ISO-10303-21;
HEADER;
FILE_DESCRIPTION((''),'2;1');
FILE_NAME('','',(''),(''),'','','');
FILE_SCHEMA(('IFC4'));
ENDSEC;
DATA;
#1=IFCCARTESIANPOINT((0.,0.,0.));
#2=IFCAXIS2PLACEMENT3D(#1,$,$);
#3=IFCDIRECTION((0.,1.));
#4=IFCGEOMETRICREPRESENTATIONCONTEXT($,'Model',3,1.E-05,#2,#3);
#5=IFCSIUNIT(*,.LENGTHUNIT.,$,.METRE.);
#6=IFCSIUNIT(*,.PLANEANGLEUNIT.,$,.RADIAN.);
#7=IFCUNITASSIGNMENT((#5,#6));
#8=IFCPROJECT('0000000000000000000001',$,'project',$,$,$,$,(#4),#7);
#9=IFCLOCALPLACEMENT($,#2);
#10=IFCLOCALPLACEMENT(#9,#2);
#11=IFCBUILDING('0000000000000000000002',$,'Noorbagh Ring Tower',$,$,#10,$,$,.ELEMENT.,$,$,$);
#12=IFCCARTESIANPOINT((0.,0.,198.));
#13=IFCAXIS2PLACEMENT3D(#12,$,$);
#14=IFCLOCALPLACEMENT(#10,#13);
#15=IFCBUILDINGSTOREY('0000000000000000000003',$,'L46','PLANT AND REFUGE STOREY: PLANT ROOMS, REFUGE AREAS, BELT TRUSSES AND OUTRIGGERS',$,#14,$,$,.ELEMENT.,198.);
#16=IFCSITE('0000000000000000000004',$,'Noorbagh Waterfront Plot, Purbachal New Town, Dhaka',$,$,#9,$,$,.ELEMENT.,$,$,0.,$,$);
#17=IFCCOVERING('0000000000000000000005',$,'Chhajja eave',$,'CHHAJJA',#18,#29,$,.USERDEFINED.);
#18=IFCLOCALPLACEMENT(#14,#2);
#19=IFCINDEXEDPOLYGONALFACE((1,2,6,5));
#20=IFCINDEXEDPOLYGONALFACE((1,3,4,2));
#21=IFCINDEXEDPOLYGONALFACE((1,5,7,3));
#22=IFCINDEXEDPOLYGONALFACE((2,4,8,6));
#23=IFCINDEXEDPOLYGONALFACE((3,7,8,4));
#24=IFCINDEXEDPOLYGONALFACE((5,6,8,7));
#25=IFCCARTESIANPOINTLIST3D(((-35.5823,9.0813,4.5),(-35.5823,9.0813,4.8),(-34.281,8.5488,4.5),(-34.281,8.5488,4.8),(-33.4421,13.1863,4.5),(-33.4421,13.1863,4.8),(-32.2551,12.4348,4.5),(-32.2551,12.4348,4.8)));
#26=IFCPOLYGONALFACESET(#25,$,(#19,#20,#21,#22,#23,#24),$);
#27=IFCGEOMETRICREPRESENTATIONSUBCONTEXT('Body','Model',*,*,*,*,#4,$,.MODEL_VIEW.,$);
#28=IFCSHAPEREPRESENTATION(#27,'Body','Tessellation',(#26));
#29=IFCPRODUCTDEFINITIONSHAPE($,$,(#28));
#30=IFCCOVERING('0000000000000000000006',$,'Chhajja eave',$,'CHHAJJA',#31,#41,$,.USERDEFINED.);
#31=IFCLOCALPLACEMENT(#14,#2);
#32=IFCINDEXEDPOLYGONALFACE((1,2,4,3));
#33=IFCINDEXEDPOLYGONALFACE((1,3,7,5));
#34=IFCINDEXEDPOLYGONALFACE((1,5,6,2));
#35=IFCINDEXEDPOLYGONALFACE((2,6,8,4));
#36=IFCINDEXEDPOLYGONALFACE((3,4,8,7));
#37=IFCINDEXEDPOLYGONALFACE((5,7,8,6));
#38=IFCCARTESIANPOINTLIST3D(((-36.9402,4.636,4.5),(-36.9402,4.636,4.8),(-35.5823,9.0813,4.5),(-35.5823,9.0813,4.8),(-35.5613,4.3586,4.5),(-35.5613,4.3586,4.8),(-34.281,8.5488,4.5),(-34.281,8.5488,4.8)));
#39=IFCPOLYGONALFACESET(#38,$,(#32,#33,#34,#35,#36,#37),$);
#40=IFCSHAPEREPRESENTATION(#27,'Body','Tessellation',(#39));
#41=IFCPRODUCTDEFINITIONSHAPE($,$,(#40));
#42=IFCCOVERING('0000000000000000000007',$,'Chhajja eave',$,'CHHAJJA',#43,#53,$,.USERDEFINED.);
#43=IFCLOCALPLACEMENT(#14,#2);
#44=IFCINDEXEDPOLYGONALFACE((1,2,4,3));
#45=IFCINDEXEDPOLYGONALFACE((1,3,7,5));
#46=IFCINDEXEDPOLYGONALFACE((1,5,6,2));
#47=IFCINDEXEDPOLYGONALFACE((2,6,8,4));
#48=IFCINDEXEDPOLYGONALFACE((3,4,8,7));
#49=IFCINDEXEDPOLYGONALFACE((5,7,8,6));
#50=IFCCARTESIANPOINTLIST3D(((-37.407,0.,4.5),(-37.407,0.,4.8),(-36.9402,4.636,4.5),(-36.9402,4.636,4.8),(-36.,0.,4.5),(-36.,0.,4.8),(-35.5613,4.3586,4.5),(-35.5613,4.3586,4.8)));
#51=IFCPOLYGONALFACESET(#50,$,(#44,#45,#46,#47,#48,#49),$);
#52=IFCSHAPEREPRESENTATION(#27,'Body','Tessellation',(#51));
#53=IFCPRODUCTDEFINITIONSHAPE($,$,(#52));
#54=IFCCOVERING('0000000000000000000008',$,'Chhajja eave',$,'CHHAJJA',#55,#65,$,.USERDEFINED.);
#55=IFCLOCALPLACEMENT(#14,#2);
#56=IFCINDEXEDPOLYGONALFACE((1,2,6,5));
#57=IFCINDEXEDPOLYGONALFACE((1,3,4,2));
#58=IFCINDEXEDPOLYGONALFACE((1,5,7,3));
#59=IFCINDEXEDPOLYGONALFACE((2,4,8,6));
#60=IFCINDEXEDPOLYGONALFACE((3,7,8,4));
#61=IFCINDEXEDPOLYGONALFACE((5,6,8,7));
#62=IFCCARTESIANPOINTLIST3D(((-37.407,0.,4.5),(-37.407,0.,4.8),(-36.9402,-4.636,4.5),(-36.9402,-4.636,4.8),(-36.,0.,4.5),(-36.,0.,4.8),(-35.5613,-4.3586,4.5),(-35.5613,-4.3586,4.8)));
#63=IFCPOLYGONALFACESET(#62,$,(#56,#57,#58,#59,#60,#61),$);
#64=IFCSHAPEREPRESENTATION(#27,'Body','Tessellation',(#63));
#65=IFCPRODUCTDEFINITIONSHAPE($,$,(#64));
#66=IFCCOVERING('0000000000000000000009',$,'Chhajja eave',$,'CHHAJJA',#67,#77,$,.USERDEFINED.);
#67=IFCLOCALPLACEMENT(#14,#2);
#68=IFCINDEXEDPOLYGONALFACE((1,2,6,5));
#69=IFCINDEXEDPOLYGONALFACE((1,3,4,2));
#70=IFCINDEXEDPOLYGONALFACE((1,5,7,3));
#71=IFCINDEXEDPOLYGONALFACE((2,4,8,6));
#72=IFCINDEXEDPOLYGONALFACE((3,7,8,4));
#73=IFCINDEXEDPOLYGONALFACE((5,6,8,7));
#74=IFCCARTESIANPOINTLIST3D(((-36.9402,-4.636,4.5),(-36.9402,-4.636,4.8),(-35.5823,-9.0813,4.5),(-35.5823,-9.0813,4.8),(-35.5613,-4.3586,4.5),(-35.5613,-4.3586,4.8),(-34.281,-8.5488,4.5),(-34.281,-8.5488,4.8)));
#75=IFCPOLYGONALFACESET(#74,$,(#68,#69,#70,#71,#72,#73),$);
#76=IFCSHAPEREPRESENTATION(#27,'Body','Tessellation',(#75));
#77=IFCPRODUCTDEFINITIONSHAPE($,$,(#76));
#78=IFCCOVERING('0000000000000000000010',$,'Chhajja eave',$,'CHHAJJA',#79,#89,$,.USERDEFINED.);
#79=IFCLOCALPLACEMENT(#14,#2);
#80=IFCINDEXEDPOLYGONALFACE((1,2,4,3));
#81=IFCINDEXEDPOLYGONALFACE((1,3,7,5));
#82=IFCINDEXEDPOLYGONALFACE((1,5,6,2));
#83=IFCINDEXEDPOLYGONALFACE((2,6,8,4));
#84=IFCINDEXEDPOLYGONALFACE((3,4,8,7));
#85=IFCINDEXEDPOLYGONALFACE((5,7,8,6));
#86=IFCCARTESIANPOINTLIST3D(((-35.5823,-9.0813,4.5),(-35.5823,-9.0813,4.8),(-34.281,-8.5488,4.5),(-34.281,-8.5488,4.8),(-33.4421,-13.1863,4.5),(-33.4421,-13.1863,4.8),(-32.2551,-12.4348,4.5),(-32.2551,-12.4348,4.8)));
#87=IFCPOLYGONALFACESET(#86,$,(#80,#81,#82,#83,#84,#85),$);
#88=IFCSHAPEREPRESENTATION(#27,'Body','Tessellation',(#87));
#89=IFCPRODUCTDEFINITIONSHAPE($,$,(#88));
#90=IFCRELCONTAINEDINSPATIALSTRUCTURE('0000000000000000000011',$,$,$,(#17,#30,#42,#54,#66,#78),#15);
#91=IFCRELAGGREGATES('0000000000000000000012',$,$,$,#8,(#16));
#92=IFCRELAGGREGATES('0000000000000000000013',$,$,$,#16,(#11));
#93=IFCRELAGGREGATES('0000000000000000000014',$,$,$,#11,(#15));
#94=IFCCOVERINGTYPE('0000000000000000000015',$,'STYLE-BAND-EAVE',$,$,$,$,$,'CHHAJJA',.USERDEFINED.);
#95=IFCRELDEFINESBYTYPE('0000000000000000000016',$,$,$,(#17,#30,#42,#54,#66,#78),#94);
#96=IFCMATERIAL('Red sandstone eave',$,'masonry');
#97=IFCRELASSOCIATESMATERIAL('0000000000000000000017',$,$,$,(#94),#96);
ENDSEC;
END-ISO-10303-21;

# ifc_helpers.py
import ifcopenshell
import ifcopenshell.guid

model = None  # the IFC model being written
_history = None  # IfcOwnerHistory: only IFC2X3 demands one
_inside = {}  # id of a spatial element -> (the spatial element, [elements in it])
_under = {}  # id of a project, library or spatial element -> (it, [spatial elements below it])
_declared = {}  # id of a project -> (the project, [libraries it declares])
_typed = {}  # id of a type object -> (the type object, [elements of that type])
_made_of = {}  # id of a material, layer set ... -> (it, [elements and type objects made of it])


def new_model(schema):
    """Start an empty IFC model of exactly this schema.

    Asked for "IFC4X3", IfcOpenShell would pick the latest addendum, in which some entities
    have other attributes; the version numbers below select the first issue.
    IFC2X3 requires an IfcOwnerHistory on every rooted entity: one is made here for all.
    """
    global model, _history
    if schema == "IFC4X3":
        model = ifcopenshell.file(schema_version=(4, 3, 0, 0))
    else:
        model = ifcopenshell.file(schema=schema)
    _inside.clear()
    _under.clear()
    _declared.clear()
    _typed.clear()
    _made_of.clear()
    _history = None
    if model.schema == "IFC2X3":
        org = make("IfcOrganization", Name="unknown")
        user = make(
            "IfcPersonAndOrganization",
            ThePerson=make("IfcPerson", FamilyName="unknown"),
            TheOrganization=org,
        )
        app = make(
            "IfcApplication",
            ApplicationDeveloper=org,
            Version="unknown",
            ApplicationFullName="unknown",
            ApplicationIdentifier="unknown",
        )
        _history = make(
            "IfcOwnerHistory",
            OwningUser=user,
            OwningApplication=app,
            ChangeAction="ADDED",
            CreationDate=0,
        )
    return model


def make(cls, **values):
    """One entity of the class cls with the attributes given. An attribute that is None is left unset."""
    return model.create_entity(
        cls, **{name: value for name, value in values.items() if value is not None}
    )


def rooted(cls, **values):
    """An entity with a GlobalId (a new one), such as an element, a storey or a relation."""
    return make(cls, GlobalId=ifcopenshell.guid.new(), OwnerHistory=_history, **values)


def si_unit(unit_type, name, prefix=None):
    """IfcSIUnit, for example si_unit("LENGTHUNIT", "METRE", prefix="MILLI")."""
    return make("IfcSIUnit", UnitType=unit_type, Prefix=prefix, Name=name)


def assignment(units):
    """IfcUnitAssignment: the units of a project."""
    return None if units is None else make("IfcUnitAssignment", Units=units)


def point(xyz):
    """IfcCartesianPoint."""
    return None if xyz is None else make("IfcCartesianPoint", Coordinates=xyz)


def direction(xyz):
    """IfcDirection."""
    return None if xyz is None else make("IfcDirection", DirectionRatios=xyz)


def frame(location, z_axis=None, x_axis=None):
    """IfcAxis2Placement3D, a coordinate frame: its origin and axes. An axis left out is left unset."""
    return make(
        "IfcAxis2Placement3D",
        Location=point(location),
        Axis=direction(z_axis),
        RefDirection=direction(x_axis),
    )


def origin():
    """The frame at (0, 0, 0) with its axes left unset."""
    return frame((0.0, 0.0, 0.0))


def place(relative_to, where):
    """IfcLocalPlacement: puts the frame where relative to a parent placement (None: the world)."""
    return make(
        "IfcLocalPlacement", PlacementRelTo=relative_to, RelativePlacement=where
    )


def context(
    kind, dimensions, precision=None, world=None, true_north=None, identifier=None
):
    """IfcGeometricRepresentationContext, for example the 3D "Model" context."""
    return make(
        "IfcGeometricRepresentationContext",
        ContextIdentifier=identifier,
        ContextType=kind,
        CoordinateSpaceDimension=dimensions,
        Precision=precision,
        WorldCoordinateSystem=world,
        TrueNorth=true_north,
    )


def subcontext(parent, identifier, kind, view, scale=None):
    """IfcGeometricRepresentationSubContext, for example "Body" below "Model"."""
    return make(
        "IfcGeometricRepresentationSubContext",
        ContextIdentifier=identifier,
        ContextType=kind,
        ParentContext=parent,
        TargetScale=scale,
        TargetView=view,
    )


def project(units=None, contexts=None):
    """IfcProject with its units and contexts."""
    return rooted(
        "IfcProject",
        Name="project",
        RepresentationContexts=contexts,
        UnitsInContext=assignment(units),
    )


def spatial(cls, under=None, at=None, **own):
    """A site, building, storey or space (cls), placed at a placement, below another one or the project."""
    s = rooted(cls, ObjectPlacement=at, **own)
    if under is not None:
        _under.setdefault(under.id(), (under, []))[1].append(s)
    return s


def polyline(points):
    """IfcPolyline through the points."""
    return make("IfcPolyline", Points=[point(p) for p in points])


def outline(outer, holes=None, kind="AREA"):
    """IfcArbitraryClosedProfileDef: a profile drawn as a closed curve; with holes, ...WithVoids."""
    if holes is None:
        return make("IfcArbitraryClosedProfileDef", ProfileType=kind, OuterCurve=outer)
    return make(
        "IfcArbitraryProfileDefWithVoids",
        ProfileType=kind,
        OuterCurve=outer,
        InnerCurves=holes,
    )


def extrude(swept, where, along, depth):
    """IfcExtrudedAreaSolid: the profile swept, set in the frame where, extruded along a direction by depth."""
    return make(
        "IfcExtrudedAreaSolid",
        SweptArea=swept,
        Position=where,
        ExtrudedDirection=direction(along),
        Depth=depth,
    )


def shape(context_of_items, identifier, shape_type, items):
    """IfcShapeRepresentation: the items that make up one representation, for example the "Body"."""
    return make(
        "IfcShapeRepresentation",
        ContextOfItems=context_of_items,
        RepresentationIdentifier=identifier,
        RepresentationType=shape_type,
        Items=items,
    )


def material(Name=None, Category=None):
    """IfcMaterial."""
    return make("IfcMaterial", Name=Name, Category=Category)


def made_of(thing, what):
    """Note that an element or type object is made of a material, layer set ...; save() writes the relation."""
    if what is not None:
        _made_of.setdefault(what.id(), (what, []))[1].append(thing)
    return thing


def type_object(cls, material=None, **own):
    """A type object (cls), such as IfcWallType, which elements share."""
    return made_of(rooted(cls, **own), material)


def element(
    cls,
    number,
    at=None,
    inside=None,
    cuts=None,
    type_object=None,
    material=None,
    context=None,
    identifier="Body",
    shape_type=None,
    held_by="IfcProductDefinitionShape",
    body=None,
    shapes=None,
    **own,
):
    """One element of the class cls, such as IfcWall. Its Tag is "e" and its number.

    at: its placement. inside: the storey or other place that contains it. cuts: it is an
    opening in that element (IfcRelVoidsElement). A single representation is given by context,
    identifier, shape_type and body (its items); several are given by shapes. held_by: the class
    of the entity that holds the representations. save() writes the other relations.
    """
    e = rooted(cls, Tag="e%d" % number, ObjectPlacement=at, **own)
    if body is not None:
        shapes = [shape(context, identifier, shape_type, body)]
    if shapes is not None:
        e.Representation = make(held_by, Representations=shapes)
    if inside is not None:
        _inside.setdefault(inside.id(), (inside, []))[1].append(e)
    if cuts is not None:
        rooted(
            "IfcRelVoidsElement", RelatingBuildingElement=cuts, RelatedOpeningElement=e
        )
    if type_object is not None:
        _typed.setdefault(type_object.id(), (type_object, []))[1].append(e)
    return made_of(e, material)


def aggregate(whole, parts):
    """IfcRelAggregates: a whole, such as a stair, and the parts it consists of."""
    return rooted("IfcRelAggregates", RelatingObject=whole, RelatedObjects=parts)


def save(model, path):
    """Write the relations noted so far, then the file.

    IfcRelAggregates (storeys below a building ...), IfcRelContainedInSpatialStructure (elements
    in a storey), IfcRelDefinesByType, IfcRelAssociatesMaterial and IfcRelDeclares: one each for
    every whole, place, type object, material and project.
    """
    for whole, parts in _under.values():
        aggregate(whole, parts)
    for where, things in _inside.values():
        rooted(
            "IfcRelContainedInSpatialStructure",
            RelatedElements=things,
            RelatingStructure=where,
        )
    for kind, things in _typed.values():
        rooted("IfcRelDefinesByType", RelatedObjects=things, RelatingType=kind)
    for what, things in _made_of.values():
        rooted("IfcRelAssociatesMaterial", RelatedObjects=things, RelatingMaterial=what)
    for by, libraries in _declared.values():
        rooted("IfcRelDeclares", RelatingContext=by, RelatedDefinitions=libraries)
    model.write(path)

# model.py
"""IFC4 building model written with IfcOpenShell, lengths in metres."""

from ifc_helpers import new_model, si_unit, direction, frame, origin, place, context, subcontext, project, spatial, polyline, outline, extrude, material, type_object, element, save


model = new_model("IFC4")

# Units and contexts
model_context = context("Model", 3, precision=1e-05, world=origin(), true_north=direction((0.0, 1.0)))
body_context = subcontext(model_context, "Body", "Model", "MODEL_VIEW")
ifc_project = project(units=[si_unit("LENGTHUNIT", "METRE"), si_unit("PLANEANGLEUNIT", "RADIAN")], contexts=[model_context])

# Site, building, storey
site_placement = place(None, origin())
site = spatial("IfcSite", under=ifc_project, at=site_placement, Name="Noorbagh Waterfront Plot, Purbachal New Town, Dhaka", CompositionType="ELEMENT", RefElevation=0.0)
building_placement = place(site_placement, origin())
building = spatial("IfcBuilding", under=site, at=building_placement, Name="Noorbagh Ring Tower", CompositionType="ELEMENT")
storey_placement = place(building_placement, frame((0.0, 0.0, 198.0)))
storey = spatial("IfcBuildingStorey", under=building, at=storey_placement, Name="L46", Description="PLANT AND REFUGE STOREY: PLANT ROOMS, REFUGE AREAS, BELT TRUSSES AND OUTRIGGERS", CompositionType="ELEMENT", Elevation=198.0)

# Coverings
ifc_material = material(Name="Red sandstone eave", Category="masonry")
covering_type = type_object("IfcCoveringType", Name="STYLE-BAND-EAVE", ElementType="CHHAJJA", PredefinedType="USERDEFINED", material=ifc_material)
covering_1_placement = place(storey_placement, frame((0.0, 0.0, 4.5)))
element("IfcCovering", 1, at=covering_1_placement, inside=storey, type_object=covering_type, Name="Chhajja eave", ObjectType="CHHAJJA", PredefinedType="USERDEFINED", context=body_context, shape_type="SweptSolid", body=[
    extrude(outline(polyline([(-32.2551, 12.4348), (-34.281, 8.5488), (-35.5823, 9.0813), (-33.4421, 13.1863), (-32.2551, 12.4348)])), origin(), (0.0, 0.0, 1.0), 0.3),
])
covering_2_placement = place(storey_placement, frame((0.0, 0.0, 4.5)))
element("IfcCovering", 2, at=covering_2_placement, inside=storey, type_object=covering_type, Name="Chhajja eave", ObjectType="CHHAJJA", PredefinedType="USERDEFINED", context=body_context, shape_type="SweptSolid", body=[
    extrude(outline(polyline([(-34.281, 8.5488), (-35.5613, 4.3586), (-36.9402, 4.636), (-35.5823, 9.0813), (-34.281, 8.5488)])), origin(), (0.0, 0.0, 1.0), 0.3),
])
covering_3_placement = place(storey_placement, frame((0.0, 0.0, 4.5)))
element("IfcCovering", 3, at=covering_3_placement, inside=storey, type_object=covering_type, Name="Chhajja eave", ObjectType="CHHAJJA", PredefinedType="USERDEFINED", context=body_context, shape_type="SweptSolid", body=[
    extrude(outline(polyline([(-35.5613, 4.3586), (-36.0, 0.0), (-37.407, 0.0), (-36.9402, 4.636), (-35.5613, 4.3586)])), origin(), (0.0, 0.0, 1.0), 0.3),
])
covering_4_placement = place(storey_placement, frame((0.0, 0.0, 4.5)))
element("IfcCovering", 4, at=covering_4_placement, inside=storey, type_object=covering_type, Name="Chhajja eave", ObjectType="CHHAJJA", PredefinedType="USERDEFINED", context=body_context, shape_type="SweptSolid", body=[
    extrude(outline(polyline([(-36.0, 0.0), (-35.5613, -4.3586), (-36.9402, -4.636), (-37.407, 0.0), (-36.0, 0.0)])), origin(), (0.0, 0.0, 1.0), 0.3),
])
covering_5_placement = place(storey_placement, frame((0.0, 0.0, 4.5)))
element("IfcCovering", 5, at=covering_5_placement, inside=storey, type_object=covering_type, Name="Chhajja eave", ObjectType="CHHAJJA", PredefinedType="USERDEFINED", context=body_context, shape_type="SweptSolid", body=[
    extrude(outline(polyline([(-35.5613, -4.3586), (-34.281, -8.5488), (-35.5823, -9.0813), (-36.9402, -4.636), (-35.5613, -4.3586)])), origin(), (0.0, 0.0, 1.0), 0.3),
])
covering_6_placement = place(storey_placement, frame((0.0, 0.0, 4.5)))
element("IfcCovering", 6, at=covering_6_placement, inside=storey, type_object=covering_type, Name="Chhajja eave", ObjectType="CHHAJJA", PredefinedType="USERDEFINED", context=body_context, shape_type="SweptSolid", body=[
    extrude(outline(polyline([(-34.281, -8.5488), (-32.2551, -12.4348), (-33.4421, -13.1863), (-35.5823, -9.0813), (-34.281, -8.5488)])), origin(), (0.0, 0.0, 1.0), 0.3),
])

save(model, "model.ifc")
